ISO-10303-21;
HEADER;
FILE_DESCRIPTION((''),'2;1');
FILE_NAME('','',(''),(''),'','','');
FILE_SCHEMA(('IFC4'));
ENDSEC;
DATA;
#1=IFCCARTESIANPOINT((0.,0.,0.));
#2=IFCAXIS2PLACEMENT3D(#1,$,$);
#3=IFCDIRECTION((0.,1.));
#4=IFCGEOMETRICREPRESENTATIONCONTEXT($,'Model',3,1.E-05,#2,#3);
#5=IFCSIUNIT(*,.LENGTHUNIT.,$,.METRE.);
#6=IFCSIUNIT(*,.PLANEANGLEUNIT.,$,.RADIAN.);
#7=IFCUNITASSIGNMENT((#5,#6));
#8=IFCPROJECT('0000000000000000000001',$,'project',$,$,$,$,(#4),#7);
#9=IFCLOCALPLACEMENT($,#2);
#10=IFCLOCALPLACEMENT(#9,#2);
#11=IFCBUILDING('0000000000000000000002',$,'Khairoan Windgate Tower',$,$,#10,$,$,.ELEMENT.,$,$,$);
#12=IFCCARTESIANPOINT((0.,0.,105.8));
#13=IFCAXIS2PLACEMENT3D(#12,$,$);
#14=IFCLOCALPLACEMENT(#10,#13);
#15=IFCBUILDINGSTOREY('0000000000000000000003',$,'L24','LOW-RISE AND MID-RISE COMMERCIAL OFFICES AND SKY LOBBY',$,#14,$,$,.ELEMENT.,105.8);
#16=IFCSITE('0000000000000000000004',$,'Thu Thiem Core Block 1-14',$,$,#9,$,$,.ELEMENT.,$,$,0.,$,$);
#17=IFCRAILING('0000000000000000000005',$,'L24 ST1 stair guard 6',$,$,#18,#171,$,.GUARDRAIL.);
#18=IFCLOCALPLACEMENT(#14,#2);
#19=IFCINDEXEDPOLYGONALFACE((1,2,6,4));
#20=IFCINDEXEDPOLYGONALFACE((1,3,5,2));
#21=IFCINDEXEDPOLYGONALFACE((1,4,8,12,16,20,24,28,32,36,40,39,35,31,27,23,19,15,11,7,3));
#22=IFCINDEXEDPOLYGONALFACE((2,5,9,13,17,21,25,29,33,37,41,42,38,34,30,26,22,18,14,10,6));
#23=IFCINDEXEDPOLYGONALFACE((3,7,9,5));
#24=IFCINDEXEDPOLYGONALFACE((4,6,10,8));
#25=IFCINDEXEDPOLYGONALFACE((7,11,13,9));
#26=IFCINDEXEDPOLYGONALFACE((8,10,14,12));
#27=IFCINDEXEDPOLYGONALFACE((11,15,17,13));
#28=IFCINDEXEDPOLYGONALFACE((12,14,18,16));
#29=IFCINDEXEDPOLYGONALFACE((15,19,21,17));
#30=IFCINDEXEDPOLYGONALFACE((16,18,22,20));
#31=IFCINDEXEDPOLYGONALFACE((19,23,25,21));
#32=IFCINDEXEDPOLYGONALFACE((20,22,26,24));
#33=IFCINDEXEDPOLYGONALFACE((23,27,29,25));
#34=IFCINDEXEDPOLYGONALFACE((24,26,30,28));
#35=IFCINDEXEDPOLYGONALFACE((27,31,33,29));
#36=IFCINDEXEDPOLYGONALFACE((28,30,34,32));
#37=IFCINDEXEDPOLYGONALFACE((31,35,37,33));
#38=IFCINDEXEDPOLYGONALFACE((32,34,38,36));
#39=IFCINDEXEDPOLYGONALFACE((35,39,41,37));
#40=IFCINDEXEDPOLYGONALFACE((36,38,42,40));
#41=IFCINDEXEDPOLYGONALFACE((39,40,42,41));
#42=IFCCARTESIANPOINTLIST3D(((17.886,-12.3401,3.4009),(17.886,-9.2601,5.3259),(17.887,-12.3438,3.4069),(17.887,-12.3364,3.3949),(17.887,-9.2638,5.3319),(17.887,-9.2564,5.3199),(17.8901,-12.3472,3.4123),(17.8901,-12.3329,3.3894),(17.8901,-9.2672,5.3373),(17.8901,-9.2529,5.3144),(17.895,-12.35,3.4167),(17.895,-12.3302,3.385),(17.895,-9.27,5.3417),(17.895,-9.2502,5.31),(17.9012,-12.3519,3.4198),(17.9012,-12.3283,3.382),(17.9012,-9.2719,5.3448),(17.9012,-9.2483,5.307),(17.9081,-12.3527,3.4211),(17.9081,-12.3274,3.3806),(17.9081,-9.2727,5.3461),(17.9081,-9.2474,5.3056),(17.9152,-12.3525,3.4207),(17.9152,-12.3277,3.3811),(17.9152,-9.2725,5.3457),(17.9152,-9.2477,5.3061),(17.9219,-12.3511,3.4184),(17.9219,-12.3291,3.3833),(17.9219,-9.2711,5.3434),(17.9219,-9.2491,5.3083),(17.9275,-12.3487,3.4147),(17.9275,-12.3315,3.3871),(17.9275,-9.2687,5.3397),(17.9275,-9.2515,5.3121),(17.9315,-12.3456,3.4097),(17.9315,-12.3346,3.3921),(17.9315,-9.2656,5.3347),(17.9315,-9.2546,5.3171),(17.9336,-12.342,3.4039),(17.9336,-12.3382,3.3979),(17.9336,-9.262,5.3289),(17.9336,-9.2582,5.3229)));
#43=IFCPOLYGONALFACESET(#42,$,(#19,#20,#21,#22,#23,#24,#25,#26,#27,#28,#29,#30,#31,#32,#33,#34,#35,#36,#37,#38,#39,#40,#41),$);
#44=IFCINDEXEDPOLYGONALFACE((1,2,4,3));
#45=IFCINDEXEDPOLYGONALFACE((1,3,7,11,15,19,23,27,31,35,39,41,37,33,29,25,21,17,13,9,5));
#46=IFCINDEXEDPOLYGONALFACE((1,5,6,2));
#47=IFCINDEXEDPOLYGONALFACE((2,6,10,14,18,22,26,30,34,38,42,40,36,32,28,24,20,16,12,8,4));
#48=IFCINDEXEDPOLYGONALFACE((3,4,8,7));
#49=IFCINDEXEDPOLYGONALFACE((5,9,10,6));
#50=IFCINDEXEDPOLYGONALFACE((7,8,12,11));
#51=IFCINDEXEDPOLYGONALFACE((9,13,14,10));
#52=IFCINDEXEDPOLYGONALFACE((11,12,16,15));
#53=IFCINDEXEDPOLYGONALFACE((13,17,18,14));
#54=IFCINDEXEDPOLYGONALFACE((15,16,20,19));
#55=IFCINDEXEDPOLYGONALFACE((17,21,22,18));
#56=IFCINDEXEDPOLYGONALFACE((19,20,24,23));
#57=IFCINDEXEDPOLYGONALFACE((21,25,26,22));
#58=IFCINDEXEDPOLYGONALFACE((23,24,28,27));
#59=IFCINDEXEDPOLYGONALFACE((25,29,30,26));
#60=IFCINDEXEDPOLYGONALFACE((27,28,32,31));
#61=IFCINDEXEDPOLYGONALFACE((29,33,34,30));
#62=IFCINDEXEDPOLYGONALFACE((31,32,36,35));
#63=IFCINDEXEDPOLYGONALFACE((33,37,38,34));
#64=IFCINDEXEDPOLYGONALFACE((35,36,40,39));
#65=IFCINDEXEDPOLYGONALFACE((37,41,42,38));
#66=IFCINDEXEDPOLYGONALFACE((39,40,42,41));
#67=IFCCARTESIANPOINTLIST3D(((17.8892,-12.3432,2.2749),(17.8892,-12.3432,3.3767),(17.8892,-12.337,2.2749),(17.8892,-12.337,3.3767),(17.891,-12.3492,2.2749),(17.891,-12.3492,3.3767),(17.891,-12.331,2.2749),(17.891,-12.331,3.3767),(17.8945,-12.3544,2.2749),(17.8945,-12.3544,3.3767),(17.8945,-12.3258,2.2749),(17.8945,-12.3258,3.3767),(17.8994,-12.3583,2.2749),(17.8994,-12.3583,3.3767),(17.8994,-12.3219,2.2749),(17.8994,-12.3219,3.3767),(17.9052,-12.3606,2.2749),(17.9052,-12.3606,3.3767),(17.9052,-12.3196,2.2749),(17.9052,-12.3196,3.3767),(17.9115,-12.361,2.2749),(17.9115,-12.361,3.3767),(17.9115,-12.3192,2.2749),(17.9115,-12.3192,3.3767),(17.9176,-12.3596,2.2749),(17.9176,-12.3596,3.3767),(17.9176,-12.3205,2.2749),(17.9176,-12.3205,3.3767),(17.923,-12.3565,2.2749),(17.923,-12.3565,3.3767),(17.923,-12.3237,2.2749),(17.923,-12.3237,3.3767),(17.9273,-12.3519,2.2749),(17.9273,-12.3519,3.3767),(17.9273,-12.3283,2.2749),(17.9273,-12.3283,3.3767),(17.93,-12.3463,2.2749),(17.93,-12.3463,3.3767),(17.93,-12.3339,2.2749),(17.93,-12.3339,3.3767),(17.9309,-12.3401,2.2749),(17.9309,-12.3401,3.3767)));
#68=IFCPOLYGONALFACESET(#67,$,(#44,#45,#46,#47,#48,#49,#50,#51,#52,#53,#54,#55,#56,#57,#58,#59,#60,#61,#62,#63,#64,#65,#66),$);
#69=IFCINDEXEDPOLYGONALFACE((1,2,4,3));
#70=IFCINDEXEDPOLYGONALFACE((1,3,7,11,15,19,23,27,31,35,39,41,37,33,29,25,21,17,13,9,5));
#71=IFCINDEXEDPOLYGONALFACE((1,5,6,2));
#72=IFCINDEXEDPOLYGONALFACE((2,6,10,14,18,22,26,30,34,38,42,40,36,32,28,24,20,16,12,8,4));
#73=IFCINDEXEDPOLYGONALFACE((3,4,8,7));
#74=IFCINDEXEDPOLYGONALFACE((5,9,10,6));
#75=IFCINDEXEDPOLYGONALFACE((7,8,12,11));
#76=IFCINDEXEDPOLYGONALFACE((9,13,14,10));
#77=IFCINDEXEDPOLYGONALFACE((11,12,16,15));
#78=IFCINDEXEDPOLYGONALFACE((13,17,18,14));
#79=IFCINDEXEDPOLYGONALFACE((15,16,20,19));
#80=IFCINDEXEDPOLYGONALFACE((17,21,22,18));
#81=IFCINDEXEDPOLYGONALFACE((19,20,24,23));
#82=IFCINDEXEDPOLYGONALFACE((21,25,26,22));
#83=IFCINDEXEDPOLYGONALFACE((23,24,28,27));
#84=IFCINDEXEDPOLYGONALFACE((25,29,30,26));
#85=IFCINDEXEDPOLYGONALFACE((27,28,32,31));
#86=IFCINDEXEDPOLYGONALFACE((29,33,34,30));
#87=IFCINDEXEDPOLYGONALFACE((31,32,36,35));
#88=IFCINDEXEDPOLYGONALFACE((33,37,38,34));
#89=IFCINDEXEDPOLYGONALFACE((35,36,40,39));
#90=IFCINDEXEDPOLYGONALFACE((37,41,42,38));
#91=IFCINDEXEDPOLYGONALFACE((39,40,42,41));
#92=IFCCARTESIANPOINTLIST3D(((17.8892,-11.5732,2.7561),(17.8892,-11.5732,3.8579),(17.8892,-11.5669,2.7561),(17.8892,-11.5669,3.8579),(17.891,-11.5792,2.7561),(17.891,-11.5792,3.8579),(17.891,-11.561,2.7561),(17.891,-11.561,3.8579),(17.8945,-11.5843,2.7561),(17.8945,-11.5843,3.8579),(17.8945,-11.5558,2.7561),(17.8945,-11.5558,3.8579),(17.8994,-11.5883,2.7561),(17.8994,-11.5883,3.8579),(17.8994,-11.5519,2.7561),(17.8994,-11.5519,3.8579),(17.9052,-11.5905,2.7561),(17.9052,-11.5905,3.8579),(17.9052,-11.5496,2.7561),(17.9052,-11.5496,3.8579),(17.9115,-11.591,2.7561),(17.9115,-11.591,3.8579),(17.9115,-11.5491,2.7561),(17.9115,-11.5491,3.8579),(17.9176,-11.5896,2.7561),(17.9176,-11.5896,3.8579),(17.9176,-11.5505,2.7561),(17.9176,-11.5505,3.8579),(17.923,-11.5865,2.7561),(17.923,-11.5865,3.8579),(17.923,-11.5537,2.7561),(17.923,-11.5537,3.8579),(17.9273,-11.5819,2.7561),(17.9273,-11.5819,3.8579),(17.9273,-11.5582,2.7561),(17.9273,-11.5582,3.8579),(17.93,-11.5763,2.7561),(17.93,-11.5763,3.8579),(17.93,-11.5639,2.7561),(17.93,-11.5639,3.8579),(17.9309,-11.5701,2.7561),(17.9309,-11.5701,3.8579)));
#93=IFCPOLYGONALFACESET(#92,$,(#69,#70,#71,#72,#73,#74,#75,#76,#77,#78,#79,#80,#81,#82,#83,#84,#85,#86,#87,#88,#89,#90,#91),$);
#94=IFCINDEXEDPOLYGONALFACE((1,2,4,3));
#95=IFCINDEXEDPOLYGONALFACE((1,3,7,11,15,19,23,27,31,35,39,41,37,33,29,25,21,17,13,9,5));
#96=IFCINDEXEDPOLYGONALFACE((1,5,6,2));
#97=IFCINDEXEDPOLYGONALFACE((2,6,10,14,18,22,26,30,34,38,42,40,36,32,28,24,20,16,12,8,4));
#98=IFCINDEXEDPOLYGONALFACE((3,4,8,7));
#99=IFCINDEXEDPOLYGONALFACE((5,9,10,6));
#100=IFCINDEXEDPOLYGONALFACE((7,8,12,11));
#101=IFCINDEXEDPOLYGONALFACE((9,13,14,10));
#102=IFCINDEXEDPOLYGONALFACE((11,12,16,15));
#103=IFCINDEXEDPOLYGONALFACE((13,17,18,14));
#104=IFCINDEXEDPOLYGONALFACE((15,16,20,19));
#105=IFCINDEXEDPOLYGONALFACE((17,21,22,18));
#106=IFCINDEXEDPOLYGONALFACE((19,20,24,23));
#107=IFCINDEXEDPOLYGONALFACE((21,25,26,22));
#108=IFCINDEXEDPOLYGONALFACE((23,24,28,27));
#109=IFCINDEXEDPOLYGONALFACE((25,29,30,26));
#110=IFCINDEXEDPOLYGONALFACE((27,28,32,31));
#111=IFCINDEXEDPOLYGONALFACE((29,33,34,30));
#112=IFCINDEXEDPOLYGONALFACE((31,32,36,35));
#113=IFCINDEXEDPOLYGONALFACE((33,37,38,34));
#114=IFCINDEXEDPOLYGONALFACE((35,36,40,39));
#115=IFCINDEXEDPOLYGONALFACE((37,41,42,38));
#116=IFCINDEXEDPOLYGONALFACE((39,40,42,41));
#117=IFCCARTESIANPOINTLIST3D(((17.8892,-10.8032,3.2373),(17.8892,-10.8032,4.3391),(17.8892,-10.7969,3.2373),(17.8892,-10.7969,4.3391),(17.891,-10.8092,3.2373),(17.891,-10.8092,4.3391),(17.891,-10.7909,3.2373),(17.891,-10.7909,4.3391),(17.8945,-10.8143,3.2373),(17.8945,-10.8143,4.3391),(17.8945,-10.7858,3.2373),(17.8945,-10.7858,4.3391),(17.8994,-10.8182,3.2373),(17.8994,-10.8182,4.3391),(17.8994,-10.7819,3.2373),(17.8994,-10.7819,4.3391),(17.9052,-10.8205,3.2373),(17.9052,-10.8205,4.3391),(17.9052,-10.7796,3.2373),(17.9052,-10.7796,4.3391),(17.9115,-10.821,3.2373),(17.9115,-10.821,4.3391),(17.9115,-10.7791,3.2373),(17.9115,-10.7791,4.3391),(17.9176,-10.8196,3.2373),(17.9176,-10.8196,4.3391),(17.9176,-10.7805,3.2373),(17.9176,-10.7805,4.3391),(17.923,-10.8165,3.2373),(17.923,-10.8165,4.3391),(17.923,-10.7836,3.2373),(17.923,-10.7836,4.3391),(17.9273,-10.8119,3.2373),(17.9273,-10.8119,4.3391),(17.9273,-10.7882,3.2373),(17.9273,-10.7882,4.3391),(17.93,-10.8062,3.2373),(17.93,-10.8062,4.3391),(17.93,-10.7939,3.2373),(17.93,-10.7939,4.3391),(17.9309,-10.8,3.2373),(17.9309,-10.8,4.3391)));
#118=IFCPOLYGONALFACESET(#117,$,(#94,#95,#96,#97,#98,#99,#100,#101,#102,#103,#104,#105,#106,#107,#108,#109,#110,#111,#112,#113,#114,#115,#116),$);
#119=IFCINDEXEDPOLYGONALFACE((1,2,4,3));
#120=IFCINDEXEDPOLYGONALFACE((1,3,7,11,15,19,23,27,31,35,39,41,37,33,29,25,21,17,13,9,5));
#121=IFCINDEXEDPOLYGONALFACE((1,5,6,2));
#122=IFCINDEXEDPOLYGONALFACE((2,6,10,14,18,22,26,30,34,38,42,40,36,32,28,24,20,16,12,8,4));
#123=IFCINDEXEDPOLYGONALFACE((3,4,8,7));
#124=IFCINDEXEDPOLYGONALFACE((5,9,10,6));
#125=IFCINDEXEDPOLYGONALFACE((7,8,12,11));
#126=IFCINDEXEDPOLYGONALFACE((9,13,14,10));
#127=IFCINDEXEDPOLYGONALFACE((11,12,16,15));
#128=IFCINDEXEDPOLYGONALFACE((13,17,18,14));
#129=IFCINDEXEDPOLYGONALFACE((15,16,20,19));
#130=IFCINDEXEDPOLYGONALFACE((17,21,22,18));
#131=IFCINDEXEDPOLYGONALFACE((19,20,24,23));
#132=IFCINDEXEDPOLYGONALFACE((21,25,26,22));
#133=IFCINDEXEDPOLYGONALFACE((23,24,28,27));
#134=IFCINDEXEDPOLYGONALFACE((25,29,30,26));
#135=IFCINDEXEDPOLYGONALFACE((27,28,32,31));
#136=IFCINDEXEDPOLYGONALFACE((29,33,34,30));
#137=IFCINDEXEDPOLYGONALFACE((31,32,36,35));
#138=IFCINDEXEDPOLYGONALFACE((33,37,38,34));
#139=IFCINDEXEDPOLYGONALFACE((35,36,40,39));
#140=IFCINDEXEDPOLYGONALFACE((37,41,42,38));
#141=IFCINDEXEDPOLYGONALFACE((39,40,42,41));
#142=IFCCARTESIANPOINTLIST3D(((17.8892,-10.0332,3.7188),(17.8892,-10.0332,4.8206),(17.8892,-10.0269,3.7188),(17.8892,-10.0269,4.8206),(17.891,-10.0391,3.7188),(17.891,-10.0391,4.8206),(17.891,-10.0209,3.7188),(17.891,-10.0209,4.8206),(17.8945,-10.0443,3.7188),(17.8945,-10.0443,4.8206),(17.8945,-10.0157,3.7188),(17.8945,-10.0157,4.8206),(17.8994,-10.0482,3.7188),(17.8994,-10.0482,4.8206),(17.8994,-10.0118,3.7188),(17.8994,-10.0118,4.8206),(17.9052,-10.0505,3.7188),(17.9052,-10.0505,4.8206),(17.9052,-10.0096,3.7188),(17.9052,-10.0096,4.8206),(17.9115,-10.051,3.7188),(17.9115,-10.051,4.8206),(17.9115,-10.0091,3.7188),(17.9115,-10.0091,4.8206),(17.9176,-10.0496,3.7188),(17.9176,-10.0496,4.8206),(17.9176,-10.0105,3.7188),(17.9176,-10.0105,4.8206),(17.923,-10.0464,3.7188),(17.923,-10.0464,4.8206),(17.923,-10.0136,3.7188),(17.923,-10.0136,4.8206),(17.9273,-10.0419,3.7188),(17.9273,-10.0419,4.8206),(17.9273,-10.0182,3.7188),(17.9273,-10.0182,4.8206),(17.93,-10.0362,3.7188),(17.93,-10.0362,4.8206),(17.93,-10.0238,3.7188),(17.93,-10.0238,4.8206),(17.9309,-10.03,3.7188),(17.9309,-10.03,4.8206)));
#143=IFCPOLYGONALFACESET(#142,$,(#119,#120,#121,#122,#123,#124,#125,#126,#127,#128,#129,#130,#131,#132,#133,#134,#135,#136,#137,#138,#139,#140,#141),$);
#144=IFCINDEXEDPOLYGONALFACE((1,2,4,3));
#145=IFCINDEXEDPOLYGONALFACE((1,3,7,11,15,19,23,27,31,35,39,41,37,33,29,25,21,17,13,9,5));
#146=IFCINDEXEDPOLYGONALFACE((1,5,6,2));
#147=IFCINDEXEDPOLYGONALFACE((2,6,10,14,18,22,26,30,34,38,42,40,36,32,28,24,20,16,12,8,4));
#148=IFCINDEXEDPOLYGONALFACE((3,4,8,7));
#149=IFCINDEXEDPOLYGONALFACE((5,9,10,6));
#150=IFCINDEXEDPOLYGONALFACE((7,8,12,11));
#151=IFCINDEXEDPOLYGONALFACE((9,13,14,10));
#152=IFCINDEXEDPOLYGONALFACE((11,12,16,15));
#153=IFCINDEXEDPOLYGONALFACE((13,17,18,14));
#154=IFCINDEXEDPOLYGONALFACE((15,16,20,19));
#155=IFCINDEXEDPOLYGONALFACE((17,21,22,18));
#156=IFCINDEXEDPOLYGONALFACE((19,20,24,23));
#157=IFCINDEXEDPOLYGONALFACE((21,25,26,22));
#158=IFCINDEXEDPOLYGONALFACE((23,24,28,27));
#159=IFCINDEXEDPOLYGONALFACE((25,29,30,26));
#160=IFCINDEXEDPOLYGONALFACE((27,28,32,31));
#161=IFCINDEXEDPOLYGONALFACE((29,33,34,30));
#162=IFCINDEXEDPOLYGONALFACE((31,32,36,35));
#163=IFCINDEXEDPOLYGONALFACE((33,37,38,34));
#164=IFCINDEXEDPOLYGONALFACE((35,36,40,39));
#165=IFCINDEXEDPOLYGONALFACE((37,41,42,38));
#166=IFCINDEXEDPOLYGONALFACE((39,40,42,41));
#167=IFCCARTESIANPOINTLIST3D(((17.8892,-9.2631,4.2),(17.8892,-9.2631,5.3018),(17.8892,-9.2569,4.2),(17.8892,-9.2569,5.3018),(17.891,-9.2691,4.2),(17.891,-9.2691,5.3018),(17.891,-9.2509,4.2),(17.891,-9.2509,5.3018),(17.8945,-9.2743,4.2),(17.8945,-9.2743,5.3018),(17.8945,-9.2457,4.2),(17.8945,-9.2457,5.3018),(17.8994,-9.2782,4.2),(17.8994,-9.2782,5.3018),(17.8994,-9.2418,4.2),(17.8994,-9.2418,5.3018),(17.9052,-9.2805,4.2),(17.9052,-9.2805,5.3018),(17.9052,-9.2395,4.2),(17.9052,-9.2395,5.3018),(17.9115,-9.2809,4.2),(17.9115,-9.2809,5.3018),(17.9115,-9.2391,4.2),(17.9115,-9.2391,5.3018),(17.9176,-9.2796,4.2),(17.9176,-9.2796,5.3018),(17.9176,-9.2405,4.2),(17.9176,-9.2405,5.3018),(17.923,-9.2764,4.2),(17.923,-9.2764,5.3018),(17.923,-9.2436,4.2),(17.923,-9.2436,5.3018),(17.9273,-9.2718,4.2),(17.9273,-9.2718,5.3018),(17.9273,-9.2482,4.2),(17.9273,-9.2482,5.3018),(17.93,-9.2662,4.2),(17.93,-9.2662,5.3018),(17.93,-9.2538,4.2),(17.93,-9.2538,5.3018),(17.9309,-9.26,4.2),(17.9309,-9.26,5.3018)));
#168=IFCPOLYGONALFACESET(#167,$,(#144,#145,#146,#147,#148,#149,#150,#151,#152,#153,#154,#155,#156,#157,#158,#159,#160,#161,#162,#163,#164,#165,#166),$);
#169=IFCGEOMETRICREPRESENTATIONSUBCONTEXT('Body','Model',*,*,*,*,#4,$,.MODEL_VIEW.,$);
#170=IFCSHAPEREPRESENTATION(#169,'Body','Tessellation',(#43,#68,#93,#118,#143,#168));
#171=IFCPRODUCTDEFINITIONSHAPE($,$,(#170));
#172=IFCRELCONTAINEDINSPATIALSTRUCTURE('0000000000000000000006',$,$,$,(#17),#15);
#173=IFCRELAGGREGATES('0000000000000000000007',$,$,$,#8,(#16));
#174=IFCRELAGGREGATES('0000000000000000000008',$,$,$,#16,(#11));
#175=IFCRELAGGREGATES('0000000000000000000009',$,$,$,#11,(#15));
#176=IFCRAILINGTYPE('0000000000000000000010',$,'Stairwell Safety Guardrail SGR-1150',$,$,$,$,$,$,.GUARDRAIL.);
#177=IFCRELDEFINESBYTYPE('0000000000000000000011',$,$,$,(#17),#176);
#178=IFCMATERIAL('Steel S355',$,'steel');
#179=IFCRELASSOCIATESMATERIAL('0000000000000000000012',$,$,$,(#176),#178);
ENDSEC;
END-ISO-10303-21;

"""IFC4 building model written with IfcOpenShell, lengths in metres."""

from ifc_helpers import new_model, si_unit, direction, frame, origin, origin_2d, place, context, subcontext, project, spatial, circle, extrude, material, type_object, element, save


model = new_model("IFC4")

# Units and contexts
model_context = context("Model", 3, precision=1e-05, world=origin(), true_north=direction((0.0, 1.0)))
body_context = subcontext(model_context, "Body", "Model", "MODEL_VIEW")
ifc_project = project(units=[si_unit("LENGTHUNIT", "METRE"), si_unit("PLANEANGLEUNIT", "RADIAN")], contexts=[model_context])

# Site, building, storey
site_placement = place(None, origin())
site = spatial("IfcSite", under=ifc_project, at=site_placement, Name="Thu Thiem Core Block 1-14", CompositionType="ELEMENT", RefElevation=0.0)
building_placement = place(site_placement, origin())
building = spatial("IfcBuilding", under=site, at=building_placement, Name="Khairoan Windgate Tower", CompositionType="ELEMENT")
storey_placement = place(building_placement, frame((0.0, 0.0, 105.8)))
storey = spatial("IfcBuildingStorey", under=building, at=storey_placement, Name="L24", Description="LOW-RISE AND MID-RISE COMMERCIAL OFFICES AND SKY LOBBY", CompositionType="ELEMENT", Elevation=105.8)

# Railing
ifc_material_1 = material(Name="Steel S355", Category="steel")
railing_type_1 = type_object("IfcRailingType", Name="Stairwell Safety Guardrail SGR-1150", PredefinedType="GUARDRAIL", material=ifc_material_1)
railing_1_placement = place(storey_placement, frame((17.9099, -12.3401, 2.2749)))
element("IfcRailing", 1, at=railing_1_placement, inside=storey, type_object=railing_type_1, Name="L24 ST1 stair guard 6", PredefinedType="GUARDRAIL", context=body_context, shape_type="SweptSolid", body=[
    extrude(circle(Radius=0.0239, at=origin_2d()), frame((0.0, 0.0, 1.126), z_axis=(0.0, 0.847998, 0.529999), x_axis=(-1.0, 0.0, 0.0)), (0.0, 0.0, 1.0), 3.6321),
    extrude(circle(Radius=0.021, at=origin_2d()), origin(), (0.0, 0.0, 1.0), 1.1018),
    extrude(circle(Radius=0.021, at=origin_2d()), frame((0.0, 0.77, 0.4812)), (0.0, 0.0, 1.0), 1.1018),
    extrude(circle(Radius=0.021, at=origin_2d()), frame((0.0, 1.54, 0.9624)), (0.0, 0.0, 1.0), 1.1018),
    extrude(circle(Radius=0.021, at=origin_2d()), frame((0.0, 2.3101, 1.4438)), (0.0, 0.0, 1.0), 1.1018),
    extrude(circle(Radius=0.021, at=origin_2d()), frame((0.0, 3.0801, 1.925)), (0.0, 0.0, 1.0), 1.1018),
])

save(model, "model.ifc")
